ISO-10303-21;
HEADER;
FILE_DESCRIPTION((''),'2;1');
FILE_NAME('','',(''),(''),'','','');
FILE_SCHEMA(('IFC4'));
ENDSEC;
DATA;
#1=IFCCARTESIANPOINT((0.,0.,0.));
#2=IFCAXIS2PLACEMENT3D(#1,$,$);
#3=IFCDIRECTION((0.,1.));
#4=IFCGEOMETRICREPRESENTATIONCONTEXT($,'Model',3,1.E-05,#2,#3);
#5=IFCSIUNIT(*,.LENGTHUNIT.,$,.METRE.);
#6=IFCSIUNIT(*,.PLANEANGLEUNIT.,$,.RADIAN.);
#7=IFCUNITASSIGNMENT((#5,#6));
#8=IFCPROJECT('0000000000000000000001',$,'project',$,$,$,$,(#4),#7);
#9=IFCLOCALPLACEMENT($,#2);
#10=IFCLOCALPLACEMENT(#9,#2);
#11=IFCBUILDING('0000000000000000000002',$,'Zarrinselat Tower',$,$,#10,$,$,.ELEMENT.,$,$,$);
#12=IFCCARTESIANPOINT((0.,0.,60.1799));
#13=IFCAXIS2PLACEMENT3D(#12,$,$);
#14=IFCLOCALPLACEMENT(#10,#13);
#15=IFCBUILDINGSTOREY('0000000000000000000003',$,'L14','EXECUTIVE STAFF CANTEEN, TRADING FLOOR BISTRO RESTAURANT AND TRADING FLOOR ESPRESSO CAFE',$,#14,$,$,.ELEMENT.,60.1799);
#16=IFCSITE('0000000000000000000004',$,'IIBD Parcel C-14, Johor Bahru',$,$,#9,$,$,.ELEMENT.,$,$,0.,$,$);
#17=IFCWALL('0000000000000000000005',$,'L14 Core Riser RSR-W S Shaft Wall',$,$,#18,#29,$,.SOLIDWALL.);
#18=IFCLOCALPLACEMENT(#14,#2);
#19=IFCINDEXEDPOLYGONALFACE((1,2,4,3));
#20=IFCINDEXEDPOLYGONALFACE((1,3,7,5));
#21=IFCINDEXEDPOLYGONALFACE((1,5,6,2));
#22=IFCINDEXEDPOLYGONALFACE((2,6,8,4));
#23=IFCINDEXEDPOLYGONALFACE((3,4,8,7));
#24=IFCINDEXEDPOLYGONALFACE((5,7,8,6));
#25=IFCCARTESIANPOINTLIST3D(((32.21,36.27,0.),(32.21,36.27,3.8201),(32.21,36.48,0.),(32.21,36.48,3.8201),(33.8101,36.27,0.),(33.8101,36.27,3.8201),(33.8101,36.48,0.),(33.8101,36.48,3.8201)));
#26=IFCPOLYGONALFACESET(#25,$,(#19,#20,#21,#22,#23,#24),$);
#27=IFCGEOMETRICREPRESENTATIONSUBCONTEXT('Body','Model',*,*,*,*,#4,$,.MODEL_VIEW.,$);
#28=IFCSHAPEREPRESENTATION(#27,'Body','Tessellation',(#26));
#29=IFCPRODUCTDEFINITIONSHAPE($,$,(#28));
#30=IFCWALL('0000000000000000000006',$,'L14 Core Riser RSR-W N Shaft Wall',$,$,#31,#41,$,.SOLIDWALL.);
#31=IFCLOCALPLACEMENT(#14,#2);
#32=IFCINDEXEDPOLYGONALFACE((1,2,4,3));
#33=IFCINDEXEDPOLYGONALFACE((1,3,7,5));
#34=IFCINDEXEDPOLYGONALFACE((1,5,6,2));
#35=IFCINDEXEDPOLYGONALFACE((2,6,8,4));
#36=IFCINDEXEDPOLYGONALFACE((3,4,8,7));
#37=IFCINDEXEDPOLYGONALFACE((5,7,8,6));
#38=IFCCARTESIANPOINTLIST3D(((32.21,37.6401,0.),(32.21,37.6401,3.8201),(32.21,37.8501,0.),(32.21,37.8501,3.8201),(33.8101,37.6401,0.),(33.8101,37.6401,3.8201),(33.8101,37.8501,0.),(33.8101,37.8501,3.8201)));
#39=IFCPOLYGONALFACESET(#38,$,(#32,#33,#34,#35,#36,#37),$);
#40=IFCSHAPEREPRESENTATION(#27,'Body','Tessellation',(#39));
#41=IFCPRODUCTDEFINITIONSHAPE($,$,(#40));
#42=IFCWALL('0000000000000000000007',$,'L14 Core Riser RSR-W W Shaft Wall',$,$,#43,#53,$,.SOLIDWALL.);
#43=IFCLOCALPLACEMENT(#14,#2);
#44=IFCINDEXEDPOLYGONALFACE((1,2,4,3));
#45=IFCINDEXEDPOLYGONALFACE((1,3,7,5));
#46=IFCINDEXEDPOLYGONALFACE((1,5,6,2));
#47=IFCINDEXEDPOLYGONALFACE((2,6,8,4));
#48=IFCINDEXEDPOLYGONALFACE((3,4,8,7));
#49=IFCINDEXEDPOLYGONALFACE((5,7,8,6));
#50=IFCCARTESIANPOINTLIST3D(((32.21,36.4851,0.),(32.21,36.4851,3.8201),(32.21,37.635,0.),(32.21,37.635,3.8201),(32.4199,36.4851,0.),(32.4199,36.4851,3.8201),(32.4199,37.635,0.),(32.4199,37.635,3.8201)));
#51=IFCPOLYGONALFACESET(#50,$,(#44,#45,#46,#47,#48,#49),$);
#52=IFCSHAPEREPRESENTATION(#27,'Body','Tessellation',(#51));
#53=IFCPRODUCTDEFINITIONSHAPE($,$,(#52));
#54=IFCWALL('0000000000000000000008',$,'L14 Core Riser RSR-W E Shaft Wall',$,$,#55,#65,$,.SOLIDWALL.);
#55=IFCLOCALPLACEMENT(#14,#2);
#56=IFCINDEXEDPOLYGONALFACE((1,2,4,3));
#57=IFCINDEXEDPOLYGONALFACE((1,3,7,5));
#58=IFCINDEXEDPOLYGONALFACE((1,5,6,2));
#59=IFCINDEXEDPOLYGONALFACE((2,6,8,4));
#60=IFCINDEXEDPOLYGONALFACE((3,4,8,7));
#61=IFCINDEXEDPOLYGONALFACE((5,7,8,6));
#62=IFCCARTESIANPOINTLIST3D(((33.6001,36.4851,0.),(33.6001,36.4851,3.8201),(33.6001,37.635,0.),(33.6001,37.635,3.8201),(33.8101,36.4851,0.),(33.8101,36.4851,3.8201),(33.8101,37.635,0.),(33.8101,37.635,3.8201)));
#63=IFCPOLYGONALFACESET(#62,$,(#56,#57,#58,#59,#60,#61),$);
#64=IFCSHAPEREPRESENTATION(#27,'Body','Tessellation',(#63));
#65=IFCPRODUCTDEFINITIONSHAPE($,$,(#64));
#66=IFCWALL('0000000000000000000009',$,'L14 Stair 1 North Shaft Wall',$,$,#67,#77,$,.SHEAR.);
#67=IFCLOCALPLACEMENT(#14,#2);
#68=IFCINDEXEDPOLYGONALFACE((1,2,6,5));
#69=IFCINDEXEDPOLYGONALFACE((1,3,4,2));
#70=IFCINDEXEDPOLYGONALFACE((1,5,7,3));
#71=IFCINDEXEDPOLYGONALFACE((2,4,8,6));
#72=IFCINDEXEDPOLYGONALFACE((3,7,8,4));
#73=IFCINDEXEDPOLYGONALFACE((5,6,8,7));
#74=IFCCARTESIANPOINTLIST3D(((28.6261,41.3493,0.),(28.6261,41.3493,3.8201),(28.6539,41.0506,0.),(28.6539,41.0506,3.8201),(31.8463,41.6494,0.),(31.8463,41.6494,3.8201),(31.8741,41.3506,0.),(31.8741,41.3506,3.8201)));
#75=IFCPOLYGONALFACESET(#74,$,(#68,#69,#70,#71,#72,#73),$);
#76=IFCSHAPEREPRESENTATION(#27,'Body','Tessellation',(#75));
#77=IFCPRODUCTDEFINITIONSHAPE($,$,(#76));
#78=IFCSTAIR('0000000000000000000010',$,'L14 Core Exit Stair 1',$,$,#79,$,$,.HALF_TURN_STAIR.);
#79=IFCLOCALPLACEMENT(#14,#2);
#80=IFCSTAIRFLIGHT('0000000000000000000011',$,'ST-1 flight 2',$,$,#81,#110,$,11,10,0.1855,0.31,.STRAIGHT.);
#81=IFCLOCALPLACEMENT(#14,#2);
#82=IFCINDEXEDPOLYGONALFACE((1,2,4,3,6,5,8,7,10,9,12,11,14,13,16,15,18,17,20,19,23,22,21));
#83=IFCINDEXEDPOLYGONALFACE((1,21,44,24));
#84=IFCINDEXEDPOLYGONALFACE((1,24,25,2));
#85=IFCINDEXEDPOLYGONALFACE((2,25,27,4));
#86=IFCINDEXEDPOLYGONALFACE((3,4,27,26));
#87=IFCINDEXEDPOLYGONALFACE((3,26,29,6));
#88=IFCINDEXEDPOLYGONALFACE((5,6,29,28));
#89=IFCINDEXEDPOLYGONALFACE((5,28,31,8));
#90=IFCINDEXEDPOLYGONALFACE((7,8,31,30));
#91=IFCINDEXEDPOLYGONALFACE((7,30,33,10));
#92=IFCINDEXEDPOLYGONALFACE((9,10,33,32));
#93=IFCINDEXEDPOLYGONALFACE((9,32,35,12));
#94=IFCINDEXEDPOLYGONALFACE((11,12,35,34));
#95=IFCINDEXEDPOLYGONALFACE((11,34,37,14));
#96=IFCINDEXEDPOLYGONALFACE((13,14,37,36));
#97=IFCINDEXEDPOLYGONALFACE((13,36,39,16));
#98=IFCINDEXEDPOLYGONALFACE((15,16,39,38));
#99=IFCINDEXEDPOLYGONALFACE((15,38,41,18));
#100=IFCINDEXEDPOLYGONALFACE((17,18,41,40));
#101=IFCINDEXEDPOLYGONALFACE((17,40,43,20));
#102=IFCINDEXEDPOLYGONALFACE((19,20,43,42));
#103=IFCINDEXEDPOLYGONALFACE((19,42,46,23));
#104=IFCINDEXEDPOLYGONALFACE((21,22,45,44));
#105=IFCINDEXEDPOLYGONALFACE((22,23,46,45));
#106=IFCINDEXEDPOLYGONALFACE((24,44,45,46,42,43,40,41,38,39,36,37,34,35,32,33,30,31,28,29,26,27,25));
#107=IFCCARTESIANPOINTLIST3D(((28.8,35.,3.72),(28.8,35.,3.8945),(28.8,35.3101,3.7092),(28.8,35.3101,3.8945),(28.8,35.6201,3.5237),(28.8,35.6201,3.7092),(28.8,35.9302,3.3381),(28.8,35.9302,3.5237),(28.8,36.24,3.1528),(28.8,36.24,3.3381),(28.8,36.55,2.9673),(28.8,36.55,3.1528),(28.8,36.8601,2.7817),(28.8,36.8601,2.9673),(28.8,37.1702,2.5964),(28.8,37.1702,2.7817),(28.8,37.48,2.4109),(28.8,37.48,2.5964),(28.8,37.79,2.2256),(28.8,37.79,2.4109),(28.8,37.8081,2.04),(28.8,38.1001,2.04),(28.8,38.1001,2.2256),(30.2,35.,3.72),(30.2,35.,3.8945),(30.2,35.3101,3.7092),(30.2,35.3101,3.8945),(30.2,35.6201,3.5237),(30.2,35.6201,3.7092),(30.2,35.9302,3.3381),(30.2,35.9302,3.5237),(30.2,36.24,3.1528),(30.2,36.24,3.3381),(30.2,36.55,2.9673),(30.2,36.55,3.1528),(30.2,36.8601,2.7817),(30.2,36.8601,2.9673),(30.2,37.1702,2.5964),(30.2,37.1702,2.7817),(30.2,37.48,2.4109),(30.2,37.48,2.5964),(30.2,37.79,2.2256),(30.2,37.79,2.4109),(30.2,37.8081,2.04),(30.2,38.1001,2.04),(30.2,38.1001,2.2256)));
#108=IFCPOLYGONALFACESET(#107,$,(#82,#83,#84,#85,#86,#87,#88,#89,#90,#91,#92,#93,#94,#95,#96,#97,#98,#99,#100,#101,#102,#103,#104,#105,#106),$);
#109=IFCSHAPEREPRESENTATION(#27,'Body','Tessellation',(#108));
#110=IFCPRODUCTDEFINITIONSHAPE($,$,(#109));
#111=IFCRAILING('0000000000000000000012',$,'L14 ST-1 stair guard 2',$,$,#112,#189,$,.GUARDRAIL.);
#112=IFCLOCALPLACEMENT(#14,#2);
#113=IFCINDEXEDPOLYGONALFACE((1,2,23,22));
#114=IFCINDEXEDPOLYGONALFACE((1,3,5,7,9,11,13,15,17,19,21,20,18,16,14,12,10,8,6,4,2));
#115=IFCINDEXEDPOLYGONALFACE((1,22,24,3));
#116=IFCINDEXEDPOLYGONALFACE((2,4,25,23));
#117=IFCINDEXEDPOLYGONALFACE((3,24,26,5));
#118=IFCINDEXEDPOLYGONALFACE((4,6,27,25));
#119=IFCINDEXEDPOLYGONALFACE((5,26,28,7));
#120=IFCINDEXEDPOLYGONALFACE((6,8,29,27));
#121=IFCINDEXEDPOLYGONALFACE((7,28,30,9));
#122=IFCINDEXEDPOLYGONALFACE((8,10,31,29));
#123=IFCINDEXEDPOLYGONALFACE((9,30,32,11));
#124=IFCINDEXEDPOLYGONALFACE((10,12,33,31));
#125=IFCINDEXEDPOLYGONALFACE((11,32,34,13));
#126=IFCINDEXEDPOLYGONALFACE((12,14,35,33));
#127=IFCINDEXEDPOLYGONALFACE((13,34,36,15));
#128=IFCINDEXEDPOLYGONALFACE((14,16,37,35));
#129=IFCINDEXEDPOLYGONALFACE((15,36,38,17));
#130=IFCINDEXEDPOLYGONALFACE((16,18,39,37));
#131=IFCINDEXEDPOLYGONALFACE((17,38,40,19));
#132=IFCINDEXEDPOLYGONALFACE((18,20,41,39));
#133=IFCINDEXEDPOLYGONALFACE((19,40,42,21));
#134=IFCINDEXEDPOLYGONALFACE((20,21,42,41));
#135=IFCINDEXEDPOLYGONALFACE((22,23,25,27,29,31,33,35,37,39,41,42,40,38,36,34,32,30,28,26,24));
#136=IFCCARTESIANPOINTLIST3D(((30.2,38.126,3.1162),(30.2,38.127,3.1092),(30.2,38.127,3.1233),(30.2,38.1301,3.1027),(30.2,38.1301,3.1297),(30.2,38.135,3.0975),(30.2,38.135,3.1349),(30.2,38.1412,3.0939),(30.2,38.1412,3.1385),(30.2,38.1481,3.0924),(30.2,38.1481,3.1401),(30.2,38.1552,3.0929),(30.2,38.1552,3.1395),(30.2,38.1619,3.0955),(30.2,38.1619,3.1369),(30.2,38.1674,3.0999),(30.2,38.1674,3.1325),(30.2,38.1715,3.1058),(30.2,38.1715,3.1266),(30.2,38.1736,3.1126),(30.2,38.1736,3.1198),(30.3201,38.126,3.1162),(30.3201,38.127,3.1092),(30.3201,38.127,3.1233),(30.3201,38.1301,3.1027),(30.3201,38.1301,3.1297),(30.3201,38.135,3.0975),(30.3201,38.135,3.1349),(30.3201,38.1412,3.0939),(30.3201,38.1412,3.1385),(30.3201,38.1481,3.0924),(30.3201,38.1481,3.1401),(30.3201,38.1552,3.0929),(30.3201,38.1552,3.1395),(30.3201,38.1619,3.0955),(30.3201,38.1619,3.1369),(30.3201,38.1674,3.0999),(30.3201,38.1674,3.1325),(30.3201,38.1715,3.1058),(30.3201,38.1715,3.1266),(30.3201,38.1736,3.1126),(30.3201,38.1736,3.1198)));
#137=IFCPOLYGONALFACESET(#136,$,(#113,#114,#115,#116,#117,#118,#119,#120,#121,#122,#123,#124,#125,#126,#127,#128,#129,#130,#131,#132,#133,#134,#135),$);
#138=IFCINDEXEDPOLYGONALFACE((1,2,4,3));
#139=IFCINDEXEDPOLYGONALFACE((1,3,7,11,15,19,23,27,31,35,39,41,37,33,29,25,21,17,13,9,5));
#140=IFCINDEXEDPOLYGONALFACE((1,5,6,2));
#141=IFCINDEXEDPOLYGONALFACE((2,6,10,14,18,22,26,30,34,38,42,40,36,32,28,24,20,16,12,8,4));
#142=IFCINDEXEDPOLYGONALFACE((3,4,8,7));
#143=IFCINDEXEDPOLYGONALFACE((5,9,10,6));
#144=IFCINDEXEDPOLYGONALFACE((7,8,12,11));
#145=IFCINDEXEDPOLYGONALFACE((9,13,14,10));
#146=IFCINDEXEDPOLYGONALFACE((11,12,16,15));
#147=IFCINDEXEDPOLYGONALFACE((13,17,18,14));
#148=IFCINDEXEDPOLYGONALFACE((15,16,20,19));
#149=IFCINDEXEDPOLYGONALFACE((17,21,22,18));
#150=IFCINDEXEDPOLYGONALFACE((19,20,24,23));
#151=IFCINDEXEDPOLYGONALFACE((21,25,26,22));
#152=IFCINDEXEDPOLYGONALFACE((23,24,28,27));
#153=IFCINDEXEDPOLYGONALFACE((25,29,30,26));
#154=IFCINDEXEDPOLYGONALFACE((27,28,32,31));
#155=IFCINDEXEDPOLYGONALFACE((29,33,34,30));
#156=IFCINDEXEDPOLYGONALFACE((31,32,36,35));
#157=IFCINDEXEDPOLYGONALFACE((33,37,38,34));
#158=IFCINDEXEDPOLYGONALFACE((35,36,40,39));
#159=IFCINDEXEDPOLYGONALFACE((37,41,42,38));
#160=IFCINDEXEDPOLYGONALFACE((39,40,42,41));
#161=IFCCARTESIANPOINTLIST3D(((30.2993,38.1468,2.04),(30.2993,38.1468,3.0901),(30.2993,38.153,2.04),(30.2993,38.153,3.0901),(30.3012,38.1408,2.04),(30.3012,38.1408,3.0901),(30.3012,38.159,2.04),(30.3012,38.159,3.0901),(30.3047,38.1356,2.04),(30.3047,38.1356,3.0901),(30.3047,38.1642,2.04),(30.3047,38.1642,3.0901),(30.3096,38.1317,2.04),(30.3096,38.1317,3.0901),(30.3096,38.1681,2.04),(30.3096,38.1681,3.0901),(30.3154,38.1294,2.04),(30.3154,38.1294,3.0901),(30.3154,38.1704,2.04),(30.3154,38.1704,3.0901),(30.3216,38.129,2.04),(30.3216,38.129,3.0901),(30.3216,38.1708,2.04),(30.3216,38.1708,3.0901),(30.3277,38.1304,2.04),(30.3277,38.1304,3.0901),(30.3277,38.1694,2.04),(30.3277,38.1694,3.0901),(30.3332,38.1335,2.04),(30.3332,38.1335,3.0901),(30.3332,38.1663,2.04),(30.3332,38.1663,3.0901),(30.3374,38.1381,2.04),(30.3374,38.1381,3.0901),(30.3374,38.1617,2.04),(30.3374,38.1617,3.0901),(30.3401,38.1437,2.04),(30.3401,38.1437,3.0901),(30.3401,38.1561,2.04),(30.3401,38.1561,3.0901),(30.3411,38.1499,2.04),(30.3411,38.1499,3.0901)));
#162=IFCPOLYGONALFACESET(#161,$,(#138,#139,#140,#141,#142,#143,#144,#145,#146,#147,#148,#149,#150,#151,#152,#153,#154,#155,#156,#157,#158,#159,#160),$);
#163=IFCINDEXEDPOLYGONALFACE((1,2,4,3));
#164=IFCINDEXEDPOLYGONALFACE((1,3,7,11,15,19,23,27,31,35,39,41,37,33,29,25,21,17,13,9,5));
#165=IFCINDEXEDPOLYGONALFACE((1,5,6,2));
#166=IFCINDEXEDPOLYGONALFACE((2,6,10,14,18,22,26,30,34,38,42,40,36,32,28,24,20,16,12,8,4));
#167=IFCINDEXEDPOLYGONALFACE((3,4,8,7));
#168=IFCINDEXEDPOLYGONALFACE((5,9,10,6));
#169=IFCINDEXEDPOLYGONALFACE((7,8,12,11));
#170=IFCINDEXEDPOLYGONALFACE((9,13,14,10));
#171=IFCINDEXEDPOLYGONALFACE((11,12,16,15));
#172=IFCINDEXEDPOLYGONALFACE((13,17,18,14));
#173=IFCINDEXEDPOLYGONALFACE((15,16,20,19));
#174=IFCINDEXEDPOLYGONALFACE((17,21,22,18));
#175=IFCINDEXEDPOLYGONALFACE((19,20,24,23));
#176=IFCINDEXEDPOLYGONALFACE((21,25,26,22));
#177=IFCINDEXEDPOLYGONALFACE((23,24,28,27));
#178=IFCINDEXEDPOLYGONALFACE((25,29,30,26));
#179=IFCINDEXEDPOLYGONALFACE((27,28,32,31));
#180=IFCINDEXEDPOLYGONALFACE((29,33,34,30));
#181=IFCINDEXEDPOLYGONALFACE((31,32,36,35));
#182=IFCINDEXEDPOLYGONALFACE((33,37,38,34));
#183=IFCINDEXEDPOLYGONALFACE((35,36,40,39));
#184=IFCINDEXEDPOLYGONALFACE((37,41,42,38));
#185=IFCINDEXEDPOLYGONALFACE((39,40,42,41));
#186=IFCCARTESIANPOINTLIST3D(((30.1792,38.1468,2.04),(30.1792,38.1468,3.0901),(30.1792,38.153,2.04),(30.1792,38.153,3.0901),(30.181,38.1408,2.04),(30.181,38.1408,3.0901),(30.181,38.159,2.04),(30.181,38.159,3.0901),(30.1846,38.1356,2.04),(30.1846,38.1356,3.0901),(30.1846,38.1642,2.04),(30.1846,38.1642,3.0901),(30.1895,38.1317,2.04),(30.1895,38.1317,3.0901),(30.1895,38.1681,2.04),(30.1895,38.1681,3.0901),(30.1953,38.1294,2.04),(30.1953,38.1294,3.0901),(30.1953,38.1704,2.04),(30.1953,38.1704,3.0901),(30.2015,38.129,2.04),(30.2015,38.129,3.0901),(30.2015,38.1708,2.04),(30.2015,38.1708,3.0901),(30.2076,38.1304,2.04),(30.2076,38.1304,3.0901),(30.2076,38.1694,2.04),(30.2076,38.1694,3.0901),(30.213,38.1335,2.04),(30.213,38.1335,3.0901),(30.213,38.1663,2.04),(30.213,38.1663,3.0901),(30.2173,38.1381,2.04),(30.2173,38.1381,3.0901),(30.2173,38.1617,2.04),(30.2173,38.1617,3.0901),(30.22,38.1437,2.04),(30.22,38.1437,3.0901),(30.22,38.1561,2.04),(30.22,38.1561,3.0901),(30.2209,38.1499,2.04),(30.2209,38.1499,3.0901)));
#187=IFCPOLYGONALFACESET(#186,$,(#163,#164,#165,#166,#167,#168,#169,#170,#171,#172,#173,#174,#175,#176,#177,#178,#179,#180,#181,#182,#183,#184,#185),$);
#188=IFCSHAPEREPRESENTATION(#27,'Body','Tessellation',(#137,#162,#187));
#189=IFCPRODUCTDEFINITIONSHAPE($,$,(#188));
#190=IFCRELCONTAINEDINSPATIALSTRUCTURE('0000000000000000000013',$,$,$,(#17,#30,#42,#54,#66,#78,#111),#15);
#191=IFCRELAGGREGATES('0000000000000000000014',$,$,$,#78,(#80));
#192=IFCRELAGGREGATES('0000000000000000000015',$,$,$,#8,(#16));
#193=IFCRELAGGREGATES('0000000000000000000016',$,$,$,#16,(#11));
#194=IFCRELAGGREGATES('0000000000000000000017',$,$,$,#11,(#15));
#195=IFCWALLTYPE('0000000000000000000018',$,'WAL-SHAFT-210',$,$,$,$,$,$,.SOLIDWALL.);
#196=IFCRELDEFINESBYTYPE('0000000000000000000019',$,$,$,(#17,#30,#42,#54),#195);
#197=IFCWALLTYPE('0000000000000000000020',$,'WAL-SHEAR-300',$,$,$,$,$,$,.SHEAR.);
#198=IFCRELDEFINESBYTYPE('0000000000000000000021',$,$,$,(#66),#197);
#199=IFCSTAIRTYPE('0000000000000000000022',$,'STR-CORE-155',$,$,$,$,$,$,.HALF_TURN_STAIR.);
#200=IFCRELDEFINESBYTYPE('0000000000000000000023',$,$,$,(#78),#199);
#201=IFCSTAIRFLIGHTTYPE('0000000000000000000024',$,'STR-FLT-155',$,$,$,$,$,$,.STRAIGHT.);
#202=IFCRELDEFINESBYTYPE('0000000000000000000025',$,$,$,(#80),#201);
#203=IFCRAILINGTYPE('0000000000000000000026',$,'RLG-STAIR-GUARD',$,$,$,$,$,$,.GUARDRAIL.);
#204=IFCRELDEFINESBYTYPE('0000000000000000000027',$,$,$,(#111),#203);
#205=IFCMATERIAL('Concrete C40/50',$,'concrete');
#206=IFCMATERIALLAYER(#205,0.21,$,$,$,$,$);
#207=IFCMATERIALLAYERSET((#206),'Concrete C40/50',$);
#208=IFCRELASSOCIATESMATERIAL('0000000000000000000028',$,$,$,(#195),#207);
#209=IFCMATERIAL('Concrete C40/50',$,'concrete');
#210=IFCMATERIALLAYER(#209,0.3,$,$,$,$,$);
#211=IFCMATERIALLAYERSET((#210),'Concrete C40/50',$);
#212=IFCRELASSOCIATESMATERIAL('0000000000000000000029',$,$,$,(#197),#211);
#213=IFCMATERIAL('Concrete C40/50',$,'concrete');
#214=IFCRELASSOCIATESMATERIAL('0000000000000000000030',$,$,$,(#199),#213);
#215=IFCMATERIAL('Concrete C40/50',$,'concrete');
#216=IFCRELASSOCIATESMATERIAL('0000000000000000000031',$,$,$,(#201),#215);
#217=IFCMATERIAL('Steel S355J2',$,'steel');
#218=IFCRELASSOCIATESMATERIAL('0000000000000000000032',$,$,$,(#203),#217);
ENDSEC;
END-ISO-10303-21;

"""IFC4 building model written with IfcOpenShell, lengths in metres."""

from ifc_helpers import new_model, si_unit, direction, frame, frame_2d, origin, origin_2d, place, context, subcontext, project, spatial, polyline, rectangle, circle, outline, extrude, material, layer, layer_set, type_object, element, aggregate, save


model = new_model("IFC4")

# Units and contexts
model_context = context("Model", 3, precision=1e-05, world=origin(), true_north=direction((0.0, 1.0)))
body_context = subcontext(model_context, "Body", "Model", "MODEL_VIEW")
ifc_project = project(units=[si_unit("LENGTHUNIT", "METRE"), si_unit("PLANEANGLEUNIT", "RADIAN")], contexts=[model_context])

# Site, building, storey
site_placement = place(None, origin())
site = spatial("IfcSite", under=ifc_project, at=site_placement, Name="IIBD Parcel C-14, Johor Bahru", CompositionType="ELEMENT", RefElevation=0.0)
building_placement = place(site_placement, origin())
building = spatial("IfcBuilding", under=site, at=building_placement, Name="Zarrinselat Tower", CompositionType="ELEMENT")
storey_placement = place(building_placement, frame((0.0, 0.0, 60.1799)))
storey = spatial("IfcBuildingStorey", under=building, at=storey_placement, Name="L14", Description="EXECUTIVE STAFF CANTEEN, TRADING FLOOR BISTRO RESTAURANT AND TRADING FLOOR ESPRESSO CAFE", CompositionType="ELEMENT", Elevation=60.1799)

# Shared definitions
ifc_material_1 = material(Name="Concrete C40/50", Category="concrete")
ifc_layer_1 = layer(ifc_material_1, 0.21)
ifc_layer_set_1 = layer_set([ifc_layer_1], Name="Concrete C40/50")
wall_type_1 = type_object("IfcWallType", Name="WAL-SHAFT-210", PredefinedType="SOLIDWALL", material=ifc_layer_set_1)

# Walls
for number, where, z_axis, x_axis, name in (
    (1, (32.21, 36.375, 0.0), (0.0, 0.0, 1.0), (1.0, 0.0, 0.0), "L14 Core Riser RSR-W S Shaft Wall"),
    (2, (32.21, 37.7451, 0.0), (0.0, 0.0, 1.0), (1.0, 0.0, 0.0), "L14 Core Riser RSR-W N Shaft Wall"),
):
    element("IfcWall", number, at=place(storey_placement, frame(where, z_axis=z_axis, x_axis=x_axis)), inside=storey, type_object=wall_type_1, Name=name, PredefinedType="SOLIDWALL", context=body_context, shape_type="SweptSolid", body=[
        extrude(rectangle(XDim=1.6001, YDim=0.21, at=frame_2d((0.8, 0.0))), origin(), (0.0, 0.0, 1.0), 3.8201),
    ])
for number, where, z_axis, x_axis, name in (
    (3, (32.3149, 36.4851, 0.0), (0.0, 0.0, 1.0), (0.0, 1.0, 0.0), "L14 Core Riser RSR-W W Shaft Wall"),
    (4, (33.7051, 36.4851, 0.0), (0.0, 0.0, 1.0), (0.0, 1.0, 0.0), "L14 Core Riser RSR-W E Shaft Wall"),
):
    element("IfcWall", number, at=place(storey_placement, frame(where, z_axis=z_axis, x_axis=x_axis)), inside=storey, type_object=wall_type_1, Name=name, PredefinedType="SOLIDWALL", context=body_context, shape_type="SweptSolid", body=[
        extrude(rectangle(XDim=1.1499, YDim=0.21, at=frame_2d((0.575, 0.0))), origin(), (0.0, 0.0, 1.0), 3.8201),
    ])
ifc_material_2 = material(Name="Concrete C40/50", Category="concrete")
ifc_layer_2 = layer(ifc_material_2, 0.3)
ifc_layer_set_2 = layer_set([ifc_layer_2], Name="Concrete C40/50")
wall_type_2 = type_object("IfcWallType", Name="WAL-SHEAR-300", PredefinedType="SHEAR", material=ifc_layer_set_2)
wall_1_placement = place(storey_placement, frame((28.6399, 41.2, 0.0), z_axis=(0.0, 0.0, 1.0), x_axis=(0.995687, 0.092775, 0.0)))
element("IfcWall", 5, at=wall_1_placement, inside=storey, type_object=wall_type_2, Name="L14 Stair 1 North Shaft Wall", PredefinedType="SHEAR", context=body_context, shape_type="SweptSolid", body=[
    extrude(rectangle(XDim=3.2341, YDim=0.3, at=frame_2d((1.6172, 0.0))), origin(), (0.0, 0.0, 1.0), 3.8201),
])

# Stair, stair flight
ifc_material_3 = material(Name="Concrete C40/50", Category="concrete")
stair_type = type_object("IfcStairType", Name="STR-CORE-155", PredefinedType="HALF_TURN_STAIR", material=ifc_material_3)
stair_placement = place(storey_placement, origin())
stair = element("IfcStair", 6, at=stair_placement, inside=storey, type_object=stair_type, Name="L14 Core Exit Stair 1", PredefinedType="HALF_TURN_STAIR")
ifc_material_4 = material(Name="Concrete C40/50", Category="concrete")
stair_flight_type = type_object("IfcStairFlightType", Name="STR-FLT-155", PredefinedType="STRAIGHT", material=ifc_material_4)
stair_flight_placement = place(storey_placement, frame((29.5, 38.1001, 2.04), z_axis=(0.0, 0.0, 1.0), x_axis=(0.0, -1.0, 0.0)))
stair_flight = element("IfcStairFlight", 7, at=stair_flight_placement, type_object=stair_flight_type, Name="ST-1 flight 2", NumberOfRisers=11, NumberOfTreads=10, PredefinedType="STRAIGHT", RiserHeight=0.1855, TreadLength=0.31, context=body_context, shape_type="SweptSolid", body=[
    extrude(outline(polyline([(0.0, 0.0), (0.0, 0.1855), (0.3101, 0.1855), (0.3101, 0.3708), (0.6201, 0.3708), (0.6201, 0.5564), (0.9299, 0.5564), (0.9299, 0.7417), (1.24, 0.7417), (1.24, 0.9272), (1.55, 0.9272), (1.55, 1.1128), (1.8601, 1.1128), (1.8601, 1.2981), (2.1699, 1.2981), (2.1699, 1.4836), (2.48, 1.4836), (2.48, 1.6692), (2.79, 1.6692), (2.79, 1.8545), (3.1001, 1.8545), (3.1001, 2.04), (3.1001, 1.6799), (0.292, 0.0), (0.0, 0.0)])), frame((0.0, 0.7, 0.0), z_axis=(0.0, -1.0, 0.0), x_axis=(1.0, 0.0, 0.0)), (0.0, 0.0, 1.0), 1.3999),
])
aggregate(stair, [stair_flight])

# Railing
ifc_material_5 = material(Name="Steel S355J2", Category="steel")
railing_type_1 = type_object("IfcRailingType", Name="RLG-STAIR-GUARD", PredefinedType="GUARDRAIL", material=ifc_material_5)
railing_1_placement = place(storey_placement, frame((30.3201, 38.1499, 2.04)))
element("IfcRailing", 8, at=railing_1_placement, inside=storey, type_object=railing_type_1, Name="L14 ST-1 stair guard 2", PredefinedType="GUARDRAIL", context=body_context, shape_type="SweptSolid", body=[
    extrude(circle(Radius=0.0239, at=origin_2d()), frame((0.0, 0.0, 1.0762), z_axis=(-1.0, 0.0, 0.0), x_axis=(0.0, -1.0, 0.0)), (0.0, 0.0, 1.0), 0.1201),
    extrude(circle(Radius=0.021, at=origin_2d()), origin(), (0.0, 0.0, 1.0), 1.05),
    extrude(circle(Radius=0.021, at=origin_2d()), frame((-0.1201, 0.0, 0.0)), (0.0, 0.0, 1.0), 1.05),
])

save(model, "model.ifc")
